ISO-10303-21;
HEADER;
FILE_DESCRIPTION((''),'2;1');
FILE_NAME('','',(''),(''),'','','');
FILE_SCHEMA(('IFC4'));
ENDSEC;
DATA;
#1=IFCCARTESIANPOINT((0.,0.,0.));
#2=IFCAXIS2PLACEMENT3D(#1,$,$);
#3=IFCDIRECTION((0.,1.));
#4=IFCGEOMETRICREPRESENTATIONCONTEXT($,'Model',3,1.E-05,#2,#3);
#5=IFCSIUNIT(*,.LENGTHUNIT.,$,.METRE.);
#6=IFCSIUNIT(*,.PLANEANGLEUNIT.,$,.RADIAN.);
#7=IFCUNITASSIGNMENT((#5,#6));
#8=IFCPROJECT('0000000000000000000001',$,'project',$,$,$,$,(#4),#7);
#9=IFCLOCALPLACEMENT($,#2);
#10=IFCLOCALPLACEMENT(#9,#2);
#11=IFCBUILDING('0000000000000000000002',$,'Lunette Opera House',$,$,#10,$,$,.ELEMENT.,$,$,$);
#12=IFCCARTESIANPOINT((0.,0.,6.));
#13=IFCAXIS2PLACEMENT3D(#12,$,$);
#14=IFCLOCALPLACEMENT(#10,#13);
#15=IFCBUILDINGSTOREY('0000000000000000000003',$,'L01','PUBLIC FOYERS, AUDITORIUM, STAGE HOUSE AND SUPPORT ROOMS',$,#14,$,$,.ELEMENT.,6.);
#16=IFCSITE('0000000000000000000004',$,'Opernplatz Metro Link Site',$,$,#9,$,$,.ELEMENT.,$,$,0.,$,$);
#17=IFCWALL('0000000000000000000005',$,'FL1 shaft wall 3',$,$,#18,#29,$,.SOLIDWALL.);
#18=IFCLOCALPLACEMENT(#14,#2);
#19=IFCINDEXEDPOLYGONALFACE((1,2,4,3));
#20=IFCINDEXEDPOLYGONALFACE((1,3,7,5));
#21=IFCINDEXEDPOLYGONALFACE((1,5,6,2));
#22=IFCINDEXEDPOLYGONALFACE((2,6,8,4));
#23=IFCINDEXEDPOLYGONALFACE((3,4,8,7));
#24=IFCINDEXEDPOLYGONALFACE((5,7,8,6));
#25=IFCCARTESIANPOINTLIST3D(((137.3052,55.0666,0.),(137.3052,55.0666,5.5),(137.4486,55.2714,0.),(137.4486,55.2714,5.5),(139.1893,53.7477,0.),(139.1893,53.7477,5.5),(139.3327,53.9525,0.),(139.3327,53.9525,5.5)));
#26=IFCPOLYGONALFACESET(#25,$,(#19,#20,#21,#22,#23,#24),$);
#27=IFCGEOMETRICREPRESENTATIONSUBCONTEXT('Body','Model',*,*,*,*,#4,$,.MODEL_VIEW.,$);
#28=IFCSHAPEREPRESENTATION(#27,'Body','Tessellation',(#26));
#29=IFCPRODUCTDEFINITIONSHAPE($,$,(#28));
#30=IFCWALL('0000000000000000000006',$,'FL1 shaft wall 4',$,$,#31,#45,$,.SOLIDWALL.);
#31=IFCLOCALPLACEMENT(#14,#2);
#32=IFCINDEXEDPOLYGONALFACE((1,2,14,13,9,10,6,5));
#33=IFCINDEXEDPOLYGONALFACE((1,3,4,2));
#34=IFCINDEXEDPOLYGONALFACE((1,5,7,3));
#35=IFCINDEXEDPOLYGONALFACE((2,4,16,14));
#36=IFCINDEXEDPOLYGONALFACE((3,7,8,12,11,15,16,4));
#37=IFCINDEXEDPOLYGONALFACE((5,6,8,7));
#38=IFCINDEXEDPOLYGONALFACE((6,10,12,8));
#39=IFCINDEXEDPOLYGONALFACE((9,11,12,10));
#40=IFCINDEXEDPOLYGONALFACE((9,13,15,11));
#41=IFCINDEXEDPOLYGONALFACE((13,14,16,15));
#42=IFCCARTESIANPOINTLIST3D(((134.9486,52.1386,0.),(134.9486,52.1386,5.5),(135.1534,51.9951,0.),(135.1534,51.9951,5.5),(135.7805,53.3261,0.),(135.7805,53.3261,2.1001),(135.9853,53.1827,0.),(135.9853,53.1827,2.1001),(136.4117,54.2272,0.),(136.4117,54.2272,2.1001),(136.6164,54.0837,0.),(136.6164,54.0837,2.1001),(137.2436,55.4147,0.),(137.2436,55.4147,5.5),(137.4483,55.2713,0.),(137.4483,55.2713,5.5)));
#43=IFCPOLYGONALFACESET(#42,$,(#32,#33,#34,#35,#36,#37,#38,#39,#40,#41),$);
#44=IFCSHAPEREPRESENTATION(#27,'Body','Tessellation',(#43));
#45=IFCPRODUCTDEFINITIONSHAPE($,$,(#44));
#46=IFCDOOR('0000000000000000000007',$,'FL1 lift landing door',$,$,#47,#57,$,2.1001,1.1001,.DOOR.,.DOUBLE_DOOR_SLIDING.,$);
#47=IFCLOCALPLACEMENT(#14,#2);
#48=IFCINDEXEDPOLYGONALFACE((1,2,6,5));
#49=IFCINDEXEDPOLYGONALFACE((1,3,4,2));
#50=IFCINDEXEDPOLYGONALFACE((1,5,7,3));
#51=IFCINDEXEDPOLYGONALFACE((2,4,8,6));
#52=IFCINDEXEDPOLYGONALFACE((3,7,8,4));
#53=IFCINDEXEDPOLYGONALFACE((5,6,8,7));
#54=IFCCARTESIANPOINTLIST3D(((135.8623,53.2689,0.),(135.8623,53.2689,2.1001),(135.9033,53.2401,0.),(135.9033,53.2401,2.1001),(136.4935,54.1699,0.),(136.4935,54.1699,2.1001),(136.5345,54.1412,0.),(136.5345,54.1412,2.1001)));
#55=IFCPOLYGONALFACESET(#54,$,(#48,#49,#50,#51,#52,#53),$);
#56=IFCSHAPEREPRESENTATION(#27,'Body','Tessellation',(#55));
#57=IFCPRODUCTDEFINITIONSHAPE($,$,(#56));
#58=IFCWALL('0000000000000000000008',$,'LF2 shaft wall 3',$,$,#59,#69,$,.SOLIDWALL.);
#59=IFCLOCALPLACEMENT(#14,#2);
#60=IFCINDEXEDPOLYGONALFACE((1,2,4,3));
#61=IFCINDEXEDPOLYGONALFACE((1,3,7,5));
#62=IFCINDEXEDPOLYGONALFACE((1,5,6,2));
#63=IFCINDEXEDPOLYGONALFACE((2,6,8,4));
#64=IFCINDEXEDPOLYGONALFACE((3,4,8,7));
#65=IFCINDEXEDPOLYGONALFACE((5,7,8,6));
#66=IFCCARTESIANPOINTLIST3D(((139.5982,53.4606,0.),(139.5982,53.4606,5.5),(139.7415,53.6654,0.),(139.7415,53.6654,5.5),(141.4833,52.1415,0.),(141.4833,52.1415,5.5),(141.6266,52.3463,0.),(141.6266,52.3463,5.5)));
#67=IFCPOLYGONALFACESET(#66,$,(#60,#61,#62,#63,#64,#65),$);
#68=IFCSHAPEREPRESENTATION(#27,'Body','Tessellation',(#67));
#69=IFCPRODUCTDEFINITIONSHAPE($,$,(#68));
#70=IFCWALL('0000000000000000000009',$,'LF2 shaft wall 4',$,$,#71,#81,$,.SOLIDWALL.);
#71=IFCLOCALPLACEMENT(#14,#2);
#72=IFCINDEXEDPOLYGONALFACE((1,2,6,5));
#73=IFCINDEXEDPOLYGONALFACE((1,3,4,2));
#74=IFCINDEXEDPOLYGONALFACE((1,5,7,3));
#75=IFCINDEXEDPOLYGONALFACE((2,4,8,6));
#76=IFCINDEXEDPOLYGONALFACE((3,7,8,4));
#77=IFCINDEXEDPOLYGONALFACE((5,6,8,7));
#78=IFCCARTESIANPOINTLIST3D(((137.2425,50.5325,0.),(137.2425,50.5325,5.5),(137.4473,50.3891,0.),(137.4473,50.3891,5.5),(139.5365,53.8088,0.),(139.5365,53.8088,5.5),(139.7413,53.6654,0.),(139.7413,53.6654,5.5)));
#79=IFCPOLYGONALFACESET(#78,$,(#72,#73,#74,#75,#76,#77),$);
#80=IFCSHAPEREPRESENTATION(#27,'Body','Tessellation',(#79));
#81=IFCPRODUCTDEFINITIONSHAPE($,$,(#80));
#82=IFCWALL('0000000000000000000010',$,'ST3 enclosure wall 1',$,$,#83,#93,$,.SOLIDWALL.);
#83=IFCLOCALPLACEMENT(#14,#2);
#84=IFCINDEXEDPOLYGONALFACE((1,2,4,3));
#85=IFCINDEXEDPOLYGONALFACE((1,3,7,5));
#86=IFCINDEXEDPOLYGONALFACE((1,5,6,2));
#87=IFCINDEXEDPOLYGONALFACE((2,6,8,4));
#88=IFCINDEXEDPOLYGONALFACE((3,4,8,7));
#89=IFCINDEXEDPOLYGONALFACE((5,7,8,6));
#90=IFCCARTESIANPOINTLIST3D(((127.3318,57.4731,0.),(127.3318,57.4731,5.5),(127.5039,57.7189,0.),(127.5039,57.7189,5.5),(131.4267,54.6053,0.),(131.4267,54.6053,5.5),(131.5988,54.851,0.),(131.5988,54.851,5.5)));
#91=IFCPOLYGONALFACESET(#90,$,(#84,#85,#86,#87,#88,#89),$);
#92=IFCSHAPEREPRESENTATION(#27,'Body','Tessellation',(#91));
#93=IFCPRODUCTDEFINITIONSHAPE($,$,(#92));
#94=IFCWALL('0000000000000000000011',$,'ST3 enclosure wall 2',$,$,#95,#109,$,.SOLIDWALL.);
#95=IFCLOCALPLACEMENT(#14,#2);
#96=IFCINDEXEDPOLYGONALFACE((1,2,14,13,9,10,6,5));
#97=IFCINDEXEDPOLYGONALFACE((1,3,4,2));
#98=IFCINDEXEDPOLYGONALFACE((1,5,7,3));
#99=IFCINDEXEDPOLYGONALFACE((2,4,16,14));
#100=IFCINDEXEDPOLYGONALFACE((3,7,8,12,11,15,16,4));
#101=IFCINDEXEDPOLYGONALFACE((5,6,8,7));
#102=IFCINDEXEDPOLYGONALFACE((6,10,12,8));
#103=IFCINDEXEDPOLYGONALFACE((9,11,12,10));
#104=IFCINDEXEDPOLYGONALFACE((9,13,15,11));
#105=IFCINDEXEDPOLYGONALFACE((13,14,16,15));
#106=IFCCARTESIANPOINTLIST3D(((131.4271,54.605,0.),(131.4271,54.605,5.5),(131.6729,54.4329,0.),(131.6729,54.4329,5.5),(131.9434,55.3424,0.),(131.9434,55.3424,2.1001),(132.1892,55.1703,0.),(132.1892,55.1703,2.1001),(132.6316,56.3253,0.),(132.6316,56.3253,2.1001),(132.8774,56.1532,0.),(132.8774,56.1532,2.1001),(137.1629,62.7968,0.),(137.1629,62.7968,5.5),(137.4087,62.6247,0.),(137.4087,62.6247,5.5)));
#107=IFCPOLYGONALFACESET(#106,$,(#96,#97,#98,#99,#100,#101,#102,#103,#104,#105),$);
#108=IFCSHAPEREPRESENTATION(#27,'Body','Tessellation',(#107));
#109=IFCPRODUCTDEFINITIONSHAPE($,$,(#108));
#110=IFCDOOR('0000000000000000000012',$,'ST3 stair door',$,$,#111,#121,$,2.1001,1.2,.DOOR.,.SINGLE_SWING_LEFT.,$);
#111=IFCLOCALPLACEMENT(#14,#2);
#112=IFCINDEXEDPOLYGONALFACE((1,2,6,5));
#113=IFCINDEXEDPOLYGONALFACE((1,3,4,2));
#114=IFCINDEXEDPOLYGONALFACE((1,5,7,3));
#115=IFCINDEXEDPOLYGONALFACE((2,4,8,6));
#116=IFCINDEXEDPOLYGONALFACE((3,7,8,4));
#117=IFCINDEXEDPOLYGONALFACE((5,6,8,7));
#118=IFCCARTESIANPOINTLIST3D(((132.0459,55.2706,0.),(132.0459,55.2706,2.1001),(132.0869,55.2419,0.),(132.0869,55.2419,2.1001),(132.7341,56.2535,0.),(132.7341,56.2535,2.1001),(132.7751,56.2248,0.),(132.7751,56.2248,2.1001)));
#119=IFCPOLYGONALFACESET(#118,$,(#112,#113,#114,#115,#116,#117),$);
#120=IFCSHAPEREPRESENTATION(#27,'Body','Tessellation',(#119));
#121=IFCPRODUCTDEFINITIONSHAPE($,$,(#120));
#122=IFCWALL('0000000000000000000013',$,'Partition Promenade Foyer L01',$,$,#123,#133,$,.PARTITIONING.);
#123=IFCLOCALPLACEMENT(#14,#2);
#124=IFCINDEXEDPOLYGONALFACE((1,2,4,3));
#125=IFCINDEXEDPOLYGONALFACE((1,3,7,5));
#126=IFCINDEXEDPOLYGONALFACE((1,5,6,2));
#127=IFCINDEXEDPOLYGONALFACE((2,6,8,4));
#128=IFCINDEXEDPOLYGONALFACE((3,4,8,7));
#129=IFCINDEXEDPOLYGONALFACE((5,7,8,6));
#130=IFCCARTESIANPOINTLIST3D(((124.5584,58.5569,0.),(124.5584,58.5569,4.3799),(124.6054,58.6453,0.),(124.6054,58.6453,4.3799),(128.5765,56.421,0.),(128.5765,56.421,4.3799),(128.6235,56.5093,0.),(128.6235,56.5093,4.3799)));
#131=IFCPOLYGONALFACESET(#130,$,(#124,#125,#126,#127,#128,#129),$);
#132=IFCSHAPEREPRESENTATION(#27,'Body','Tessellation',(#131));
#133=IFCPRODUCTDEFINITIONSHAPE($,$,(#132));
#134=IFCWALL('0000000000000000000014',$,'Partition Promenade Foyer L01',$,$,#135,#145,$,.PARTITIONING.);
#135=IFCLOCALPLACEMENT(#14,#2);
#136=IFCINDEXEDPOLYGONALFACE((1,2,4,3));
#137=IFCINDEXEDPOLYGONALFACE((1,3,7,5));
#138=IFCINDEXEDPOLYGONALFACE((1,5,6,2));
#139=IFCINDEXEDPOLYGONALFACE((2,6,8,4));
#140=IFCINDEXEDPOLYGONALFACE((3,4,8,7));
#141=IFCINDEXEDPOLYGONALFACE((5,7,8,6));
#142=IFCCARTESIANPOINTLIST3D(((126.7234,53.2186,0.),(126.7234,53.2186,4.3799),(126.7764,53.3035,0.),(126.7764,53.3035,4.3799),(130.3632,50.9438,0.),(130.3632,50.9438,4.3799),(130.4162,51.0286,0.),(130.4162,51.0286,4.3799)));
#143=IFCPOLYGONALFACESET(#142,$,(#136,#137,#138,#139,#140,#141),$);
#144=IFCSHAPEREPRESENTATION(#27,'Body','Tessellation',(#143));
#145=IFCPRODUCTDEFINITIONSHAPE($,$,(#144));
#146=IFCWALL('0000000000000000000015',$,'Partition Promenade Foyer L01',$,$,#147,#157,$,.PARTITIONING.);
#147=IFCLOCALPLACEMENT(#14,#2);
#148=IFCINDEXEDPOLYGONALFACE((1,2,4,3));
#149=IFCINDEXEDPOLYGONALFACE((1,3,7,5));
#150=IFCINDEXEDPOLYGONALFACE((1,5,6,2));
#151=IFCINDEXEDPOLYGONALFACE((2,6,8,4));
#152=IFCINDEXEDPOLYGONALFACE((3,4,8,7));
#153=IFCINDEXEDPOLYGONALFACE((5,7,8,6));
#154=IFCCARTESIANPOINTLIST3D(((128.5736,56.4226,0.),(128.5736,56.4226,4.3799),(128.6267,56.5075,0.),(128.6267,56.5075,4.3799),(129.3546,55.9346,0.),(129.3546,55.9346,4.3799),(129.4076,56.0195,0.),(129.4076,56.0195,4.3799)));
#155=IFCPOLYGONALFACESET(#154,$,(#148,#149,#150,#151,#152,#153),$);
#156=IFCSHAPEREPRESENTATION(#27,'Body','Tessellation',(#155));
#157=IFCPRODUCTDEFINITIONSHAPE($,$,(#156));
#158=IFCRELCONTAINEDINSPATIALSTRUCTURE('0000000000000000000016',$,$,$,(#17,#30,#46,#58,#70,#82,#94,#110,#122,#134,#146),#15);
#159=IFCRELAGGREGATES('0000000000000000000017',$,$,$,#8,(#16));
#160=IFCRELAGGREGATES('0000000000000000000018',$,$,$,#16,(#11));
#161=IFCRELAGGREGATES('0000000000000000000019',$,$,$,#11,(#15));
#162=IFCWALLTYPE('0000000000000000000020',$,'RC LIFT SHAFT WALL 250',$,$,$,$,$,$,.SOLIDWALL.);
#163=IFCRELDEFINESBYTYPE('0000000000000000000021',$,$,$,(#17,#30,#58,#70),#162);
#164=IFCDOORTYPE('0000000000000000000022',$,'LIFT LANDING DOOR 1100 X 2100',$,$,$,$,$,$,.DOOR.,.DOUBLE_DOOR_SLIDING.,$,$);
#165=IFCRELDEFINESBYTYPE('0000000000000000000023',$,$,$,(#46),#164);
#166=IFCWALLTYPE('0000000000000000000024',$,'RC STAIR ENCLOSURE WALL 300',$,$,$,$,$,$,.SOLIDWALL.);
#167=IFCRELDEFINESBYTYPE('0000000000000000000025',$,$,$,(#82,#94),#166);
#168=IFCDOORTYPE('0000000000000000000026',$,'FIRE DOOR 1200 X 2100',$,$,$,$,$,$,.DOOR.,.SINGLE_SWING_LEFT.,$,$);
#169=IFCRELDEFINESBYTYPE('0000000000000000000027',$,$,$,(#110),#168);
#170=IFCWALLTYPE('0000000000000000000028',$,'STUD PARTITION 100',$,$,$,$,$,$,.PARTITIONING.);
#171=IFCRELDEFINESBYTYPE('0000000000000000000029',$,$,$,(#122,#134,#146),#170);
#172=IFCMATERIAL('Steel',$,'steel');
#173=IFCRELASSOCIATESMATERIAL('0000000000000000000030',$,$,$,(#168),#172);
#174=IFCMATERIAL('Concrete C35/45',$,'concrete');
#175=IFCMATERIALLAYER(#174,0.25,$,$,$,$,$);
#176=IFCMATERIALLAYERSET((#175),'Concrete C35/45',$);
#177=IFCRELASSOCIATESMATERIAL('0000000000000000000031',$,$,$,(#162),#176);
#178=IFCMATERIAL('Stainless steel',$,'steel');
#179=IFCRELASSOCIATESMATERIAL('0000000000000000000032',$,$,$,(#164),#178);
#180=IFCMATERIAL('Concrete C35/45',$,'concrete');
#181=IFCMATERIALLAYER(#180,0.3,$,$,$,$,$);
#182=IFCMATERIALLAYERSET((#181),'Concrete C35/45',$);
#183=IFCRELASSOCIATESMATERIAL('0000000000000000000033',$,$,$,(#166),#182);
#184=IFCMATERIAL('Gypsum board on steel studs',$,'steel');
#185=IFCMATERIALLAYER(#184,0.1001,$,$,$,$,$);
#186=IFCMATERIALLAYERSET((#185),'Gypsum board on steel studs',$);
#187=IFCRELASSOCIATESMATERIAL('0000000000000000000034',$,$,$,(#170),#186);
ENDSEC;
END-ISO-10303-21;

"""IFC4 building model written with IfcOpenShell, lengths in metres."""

from ifc_helpers import new_model, si_unit, direction, frame, frame_2d, origin, place, context, subcontext, project, spatial, rectangle, extrude, material, layer, layer_set, type_object, element, fill, save


model = new_model("IFC4")

# Units and contexts
model_context = context("Model", 3, precision=1e-05, world=origin(), true_north=direction((0.0, 1.0)))
body_context = subcontext(model_context, "Body", "Model", "MODEL_VIEW")
ifc_project = project(units=[si_unit("LENGTHUNIT", "METRE"), si_unit("PLANEANGLEUNIT", "RADIAN")], contexts=[model_context])

# Site, building, storey
site_placement = place(None, origin())
site = spatial("IfcSite", under=ifc_project, at=site_placement, Name="Opernplatz Metro Link Site", CompositionType="ELEMENT", RefElevation=0.0)
building_placement = place(site_placement, origin())
building = spatial("IfcBuilding", under=site, at=building_placement, Name="Lunette Opera House", CompositionType="ELEMENT")
storey_placement = place(building_placement, frame((0.0, 0.0, 6.0)))
storey = spatial("IfcBuildingStorey", under=building, at=storey_placement, Name="L01", Description="PUBLIC FOYERS, AUDITORIUM, STAGE HOUSE AND SUPPORT ROOMS", CompositionType="ELEMENT", Elevation=6.0)

# Shared definitions
ifc_material_1 = material(Name="Steel", Category="steel")
door_type_1 = type_object("IfcDoorType", Name="FIRE DOOR 1200 X 2100", OperationType="SINGLE_SWING_LEFT", PredefinedType="DOOR", material=ifc_material_1)

# Wall
ifc_material_2 = material(Name="Concrete C35/45", Category="concrete")
ifc_layer_1 = layer(ifc_material_2, 0.25)
ifc_layer_set_1 = layer_set([ifc_layer_1], Name="Concrete C35/45")
wall_type_1 = type_object("IfcWallType", Name="RC LIFT SHAFT WALL 250", PredefinedType="SOLIDWALL", material=ifc_layer_set_1)
wall_1_placement = place(storey_placement, frame((139.261, 53.8501, 0.0), z_axis=(0.0, 0.0, 1.0), x_axis=(-0.819227, 0.573469, 0.0)))
element("IfcWall", 1, at=wall_1_placement, inside=storey, type_object=wall_type_1, Name="FL1 shaft wall 3", PredefinedType="SOLIDWALL", context=body_context, shape_type="SweptSolid", body=[
    extrude(rectangle(XDim=2.2998, YDim=0.25, at=frame_2d((1.1499, 0.0))), origin(), (0.0, 0.0, 1.0), 5.5),
])

# Wall, opening, door
wall_2_placement = place(storey_placement, frame((137.3459, 55.343, 0.0), z_axis=(0.0, 0.0, 1.0), x_axis=(-0.573737, -0.81904, 0.0)))
wall_2 = element("IfcWall", 2, at=wall_2_placement, inside=storey, type_object=wall_type_1, Name="FL1 shaft wall 4", PredefinedType="SOLIDWALL", context=body_context, shape_type="SweptSolid", body=[
    extrude(rectangle(XDim=4.0, YDim=0.25, at=frame_2d((2.0, 0.0))), origin(), (0.0, 0.0, 1.0), 5.5),
])
opening_1_placement = place(wall_2_placement, frame((1.45, 0.0, 0.0)))
opening_1 = element("IfcOpeningElement", 3, at=opening_1_placement, cuts=wall_2, PredefinedType="OPENING", context=body_context, shape_type="SweptSolid", body=[
    extrude(rectangle(XDim=1.1001, YDim=2.1001, at=frame_2d((0.55, 1.05))), frame((0.0, 0.137, 0.0), z_axis=(0.0, -1.0, 0.0), x_axis=(1.0, 0.0, 0.0)), (0.0, 0.0, 1.0), 0.2739),
])
ifc_material_3 = material(Name="Stainless steel", Category="steel")
door_type_2 = type_object("IfcDoorType", Name="LIFT LANDING DOOR 1100 X 2100", OperationType="DOUBLE_DOOR_SLIDING", PredefinedType="DOOR", material=ifc_material_3)
door_1_placement = place(opening_1_placement, origin())
door_1 = element("IfcDoor", 4, at=door_1_placement, inside=storey, type_object=door_type_2, Name="FL1 lift landing door", OperationType="DOUBLE_DOOR_SLIDING", OverallHeight=2.1001, OverallWidth=1.1001, PredefinedType="DOOR", context=body_context, shape_type="SweptSolid", body=[
    extrude(rectangle(XDim=1.1001, YDim=2.1001, at=frame_2d((0.55, 1.05))), frame((0.0, 0.0249, 0.0), z_axis=(0.0, -1.0, 0.0), x_axis=(1.0, 0.0, 0.0)), (0.0, 0.0, 1.0), 0.05),
])
fill(opening_1, door_1)

# Walls
wall_3_placement = place(storey_placement, frame((141.5549, 52.2439, 0.0), z_axis=(0.0, 0.0, 1.0), x_axis=(-0.819317, 0.573341, 0.0)))
element("IfcWall", 5, at=wall_3_placement, inside=storey, type_object=wall_type_1, Name="LF2 shaft wall 3", PredefinedType="SOLIDWALL", context=body_context, shape_type="SweptSolid", body=[
    extrude(rectangle(XDim=2.3008, YDim=0.25, at=frame_2d((1.1504, 0.0))), origin(), (0.0, 0.0, 1.0), 5.5),
])
wall_4_placement = place(storey_placement, frame((139.6389, 53.7371, 0.0), z_axis=(0.0, 0.0, 1.0), x_axis=(-0.573573, -0.819154, 0.0)))
element("IfcWall", 6, at=wall_4_placement, inside=storey, type_object=wall_type_1, Name="LF2 shaft wall 4", PredefinedType="SOLIDWALL", context=body_context, shape_type="SweptSolid", body=[
    extrude(rectangle(XDim=3.9995, YDim=0.25, at=frame_2d((1.9998, 0.0))), origin(), (0.0, 0.0, 1.0), 5.5),
])
ifc_material_4 = material(Name="Concrete C35/45", Category="concrete")
ifc_layer_2 = layer(ifc_material_4, 0.3)
ifc_layer_set_2 = layer_set([ifc_layer_2], Name="Concrete C35/45")
wall_type_2 = type_object("IfcWallType", Name="RC STAIR ENCLOSURE WALL 300", PredefinedType="SOLIDWALL", material=ifc_layer_set_2)
wall_5_placement = place(storey_placement, frame((127.418, 57.5959, 0.0), z_axis=(0.0, 0.0, 1.0), x_axis=(0.819097, -0.573656, 0.0)))
element("IfcWall", 7, at=wall_5_placement, inside=storey, type_object=wall_type_2, Name="ST3 enclosure wall 1", PredefinedType="SOLIDWALL", context=body_context, shape_type="SweptSolid", body=[
    extrude(rectangle(XDim=4.9993, YDim=0.3, at=frame_2d((2.4995, 0.0))), origin(), (0.0, 0.0, 1.0), 5.5),
])

# Wall, opening, door
wall_6_placement = place(storey_placement, frame((131.55, 54.519, 0.0), z_axis=(0.0, 0.0, 1.0), x_axis=(0.573564, 0.819161, 0.0)))
wall_6 = element("IfcWall", 8, at=wall_6_placement, inside=storey, type_object=wall_type_2, Name="ST3 enclosure wall 2", PredefinedType="SOLIDWALL", context=body_context, shape_type="SweptSolid", body=[
    extrude(rectangle(XDim=10.0002, YDim=0.3, at=frame_2d((5.0, 0.0))), origin(), (0.0, 0.0, 1.0), 5.5),
])
opening_2_placement = place(wall_6_placement, frame((0.8999, 0.0, 0.0)))
opening_2 = element("IfcOpeningElement", 9, at=opening_2_placement, cuts=wall_6, PredefinedType="OPENING", context=body_context, shape_type="SweptSolid", body=[
    extrude(rectangle(XDim=1.2, YDim=2.1001, at=frame_2d((0.6001, 1.05))), frame((0.0, 0.1621, 0.0), z_axis=(0.0, -1.0, 0.0), x_axis=(1.0, 0.0, 0.0)), (0.0, 0.0, 1.0), 0.324),
])
door_2_placement = place(opening_2_placement, origin())
door_2 = element("IfcDoor", 10, at=door_2_placement, inside=storey, type_object=door_type_1, Name="ST3 stair door", OperationType="SINGLE_SWING_LEFT", OverallHeight=2.1001, OverallWidth=1.2, PredefinedType="DOOR", context=body_context, shape_type="SweptSolid", body=[
    extrude(rectangle(XDim=1.2, YDim=2.1001, at=frame_2d((0.6001, 1.05))), frame((0.0, 0.0249, 0.0), z_axis=(0.0, -1.0, 0.0), x_axis=(1.0, 0.0, 0.0)), (0.0, 0.0, 1.0), 0.05),
])
fill(opening_2, door_2)

# Walls
ifc_material_5 = material(Name="Gypsum board on steel studs", Category="steel")
ifc_layer_3 = layer(ifc_material_5, 0.1001)
ifc_layer_set_3 = layer_set([ifc_layer_3], Name="Gypsum board on steel studs")
wall_type_3 = type_object("IfcWallType", Name="STUD PARTITION 100", PredefinedType="PARTITIONING", material=ifc_layer_set_3)
wall_7_placement = place(storey_placement, frame((128.6001, 56.4651, 0.0), z_axis=(0.0, 0.0, 1.0), x_axis=(-0.882989, 0.469393, 0.0)))
element("IfcWall", 11, at=wall_7_placement, inside=storey, type_object=wall_type_3, Name="Partition Promenade Foyer L01", PredefinedType="PARTITIONING", context=body_context, shape_type="SweptSolid", body=[
    extrude(rectangle(XDim=4.5505, YDim=0.1001, at=frame_2d((2.2754, 0.0))), origin(), (0.0, 0.0, 1.0), 4.3799),
])
wall_8_placement = place(storey_placement, frame((126.75, 53.261, 0.0), z_axis=(0.0, 0.0, 1.0), x_axis=(0.848001, -0.529994, 0.0)))
element("IfcWall", 12, at=wall_8_placement, inside=storey, type_object=wall_type_3, Name="Partition Promenade Foyer L01", PredefinedType="PARTITIONING", context=body_context, shape_type="SweptSolid", body=[
    extrude(rectangle(XDim=4.2922, YDim=0.1001, at=frame_2d((2.146, 0.0))), origin(), (0.0, 0.0, 1.0), 4.3799),
])
wall_9_placement = place(storey_placement, frame((129.3811, 55.9771, 0.0), z_axis=(0.0, 0.0, 1.0), x_axis=(-0.848043, 0.529927, 0.0)))
element("IfcWall", 13, at=wall_9_placement, inside=storey, type_object=wall_type_3, Name="Partition Promenade Foyer L01", PredefinedType="PARTITIONING", context=body_context, shape_type="SweptSolid", body=[
    extrude(rectangle(XDim=0.9209, YDim=0.1001, at=frame_2d((0.4604, 0.0))), origin(), (0.0, 0.0, 1.0), 4.3799),
])

save(model, "model.ifc")
